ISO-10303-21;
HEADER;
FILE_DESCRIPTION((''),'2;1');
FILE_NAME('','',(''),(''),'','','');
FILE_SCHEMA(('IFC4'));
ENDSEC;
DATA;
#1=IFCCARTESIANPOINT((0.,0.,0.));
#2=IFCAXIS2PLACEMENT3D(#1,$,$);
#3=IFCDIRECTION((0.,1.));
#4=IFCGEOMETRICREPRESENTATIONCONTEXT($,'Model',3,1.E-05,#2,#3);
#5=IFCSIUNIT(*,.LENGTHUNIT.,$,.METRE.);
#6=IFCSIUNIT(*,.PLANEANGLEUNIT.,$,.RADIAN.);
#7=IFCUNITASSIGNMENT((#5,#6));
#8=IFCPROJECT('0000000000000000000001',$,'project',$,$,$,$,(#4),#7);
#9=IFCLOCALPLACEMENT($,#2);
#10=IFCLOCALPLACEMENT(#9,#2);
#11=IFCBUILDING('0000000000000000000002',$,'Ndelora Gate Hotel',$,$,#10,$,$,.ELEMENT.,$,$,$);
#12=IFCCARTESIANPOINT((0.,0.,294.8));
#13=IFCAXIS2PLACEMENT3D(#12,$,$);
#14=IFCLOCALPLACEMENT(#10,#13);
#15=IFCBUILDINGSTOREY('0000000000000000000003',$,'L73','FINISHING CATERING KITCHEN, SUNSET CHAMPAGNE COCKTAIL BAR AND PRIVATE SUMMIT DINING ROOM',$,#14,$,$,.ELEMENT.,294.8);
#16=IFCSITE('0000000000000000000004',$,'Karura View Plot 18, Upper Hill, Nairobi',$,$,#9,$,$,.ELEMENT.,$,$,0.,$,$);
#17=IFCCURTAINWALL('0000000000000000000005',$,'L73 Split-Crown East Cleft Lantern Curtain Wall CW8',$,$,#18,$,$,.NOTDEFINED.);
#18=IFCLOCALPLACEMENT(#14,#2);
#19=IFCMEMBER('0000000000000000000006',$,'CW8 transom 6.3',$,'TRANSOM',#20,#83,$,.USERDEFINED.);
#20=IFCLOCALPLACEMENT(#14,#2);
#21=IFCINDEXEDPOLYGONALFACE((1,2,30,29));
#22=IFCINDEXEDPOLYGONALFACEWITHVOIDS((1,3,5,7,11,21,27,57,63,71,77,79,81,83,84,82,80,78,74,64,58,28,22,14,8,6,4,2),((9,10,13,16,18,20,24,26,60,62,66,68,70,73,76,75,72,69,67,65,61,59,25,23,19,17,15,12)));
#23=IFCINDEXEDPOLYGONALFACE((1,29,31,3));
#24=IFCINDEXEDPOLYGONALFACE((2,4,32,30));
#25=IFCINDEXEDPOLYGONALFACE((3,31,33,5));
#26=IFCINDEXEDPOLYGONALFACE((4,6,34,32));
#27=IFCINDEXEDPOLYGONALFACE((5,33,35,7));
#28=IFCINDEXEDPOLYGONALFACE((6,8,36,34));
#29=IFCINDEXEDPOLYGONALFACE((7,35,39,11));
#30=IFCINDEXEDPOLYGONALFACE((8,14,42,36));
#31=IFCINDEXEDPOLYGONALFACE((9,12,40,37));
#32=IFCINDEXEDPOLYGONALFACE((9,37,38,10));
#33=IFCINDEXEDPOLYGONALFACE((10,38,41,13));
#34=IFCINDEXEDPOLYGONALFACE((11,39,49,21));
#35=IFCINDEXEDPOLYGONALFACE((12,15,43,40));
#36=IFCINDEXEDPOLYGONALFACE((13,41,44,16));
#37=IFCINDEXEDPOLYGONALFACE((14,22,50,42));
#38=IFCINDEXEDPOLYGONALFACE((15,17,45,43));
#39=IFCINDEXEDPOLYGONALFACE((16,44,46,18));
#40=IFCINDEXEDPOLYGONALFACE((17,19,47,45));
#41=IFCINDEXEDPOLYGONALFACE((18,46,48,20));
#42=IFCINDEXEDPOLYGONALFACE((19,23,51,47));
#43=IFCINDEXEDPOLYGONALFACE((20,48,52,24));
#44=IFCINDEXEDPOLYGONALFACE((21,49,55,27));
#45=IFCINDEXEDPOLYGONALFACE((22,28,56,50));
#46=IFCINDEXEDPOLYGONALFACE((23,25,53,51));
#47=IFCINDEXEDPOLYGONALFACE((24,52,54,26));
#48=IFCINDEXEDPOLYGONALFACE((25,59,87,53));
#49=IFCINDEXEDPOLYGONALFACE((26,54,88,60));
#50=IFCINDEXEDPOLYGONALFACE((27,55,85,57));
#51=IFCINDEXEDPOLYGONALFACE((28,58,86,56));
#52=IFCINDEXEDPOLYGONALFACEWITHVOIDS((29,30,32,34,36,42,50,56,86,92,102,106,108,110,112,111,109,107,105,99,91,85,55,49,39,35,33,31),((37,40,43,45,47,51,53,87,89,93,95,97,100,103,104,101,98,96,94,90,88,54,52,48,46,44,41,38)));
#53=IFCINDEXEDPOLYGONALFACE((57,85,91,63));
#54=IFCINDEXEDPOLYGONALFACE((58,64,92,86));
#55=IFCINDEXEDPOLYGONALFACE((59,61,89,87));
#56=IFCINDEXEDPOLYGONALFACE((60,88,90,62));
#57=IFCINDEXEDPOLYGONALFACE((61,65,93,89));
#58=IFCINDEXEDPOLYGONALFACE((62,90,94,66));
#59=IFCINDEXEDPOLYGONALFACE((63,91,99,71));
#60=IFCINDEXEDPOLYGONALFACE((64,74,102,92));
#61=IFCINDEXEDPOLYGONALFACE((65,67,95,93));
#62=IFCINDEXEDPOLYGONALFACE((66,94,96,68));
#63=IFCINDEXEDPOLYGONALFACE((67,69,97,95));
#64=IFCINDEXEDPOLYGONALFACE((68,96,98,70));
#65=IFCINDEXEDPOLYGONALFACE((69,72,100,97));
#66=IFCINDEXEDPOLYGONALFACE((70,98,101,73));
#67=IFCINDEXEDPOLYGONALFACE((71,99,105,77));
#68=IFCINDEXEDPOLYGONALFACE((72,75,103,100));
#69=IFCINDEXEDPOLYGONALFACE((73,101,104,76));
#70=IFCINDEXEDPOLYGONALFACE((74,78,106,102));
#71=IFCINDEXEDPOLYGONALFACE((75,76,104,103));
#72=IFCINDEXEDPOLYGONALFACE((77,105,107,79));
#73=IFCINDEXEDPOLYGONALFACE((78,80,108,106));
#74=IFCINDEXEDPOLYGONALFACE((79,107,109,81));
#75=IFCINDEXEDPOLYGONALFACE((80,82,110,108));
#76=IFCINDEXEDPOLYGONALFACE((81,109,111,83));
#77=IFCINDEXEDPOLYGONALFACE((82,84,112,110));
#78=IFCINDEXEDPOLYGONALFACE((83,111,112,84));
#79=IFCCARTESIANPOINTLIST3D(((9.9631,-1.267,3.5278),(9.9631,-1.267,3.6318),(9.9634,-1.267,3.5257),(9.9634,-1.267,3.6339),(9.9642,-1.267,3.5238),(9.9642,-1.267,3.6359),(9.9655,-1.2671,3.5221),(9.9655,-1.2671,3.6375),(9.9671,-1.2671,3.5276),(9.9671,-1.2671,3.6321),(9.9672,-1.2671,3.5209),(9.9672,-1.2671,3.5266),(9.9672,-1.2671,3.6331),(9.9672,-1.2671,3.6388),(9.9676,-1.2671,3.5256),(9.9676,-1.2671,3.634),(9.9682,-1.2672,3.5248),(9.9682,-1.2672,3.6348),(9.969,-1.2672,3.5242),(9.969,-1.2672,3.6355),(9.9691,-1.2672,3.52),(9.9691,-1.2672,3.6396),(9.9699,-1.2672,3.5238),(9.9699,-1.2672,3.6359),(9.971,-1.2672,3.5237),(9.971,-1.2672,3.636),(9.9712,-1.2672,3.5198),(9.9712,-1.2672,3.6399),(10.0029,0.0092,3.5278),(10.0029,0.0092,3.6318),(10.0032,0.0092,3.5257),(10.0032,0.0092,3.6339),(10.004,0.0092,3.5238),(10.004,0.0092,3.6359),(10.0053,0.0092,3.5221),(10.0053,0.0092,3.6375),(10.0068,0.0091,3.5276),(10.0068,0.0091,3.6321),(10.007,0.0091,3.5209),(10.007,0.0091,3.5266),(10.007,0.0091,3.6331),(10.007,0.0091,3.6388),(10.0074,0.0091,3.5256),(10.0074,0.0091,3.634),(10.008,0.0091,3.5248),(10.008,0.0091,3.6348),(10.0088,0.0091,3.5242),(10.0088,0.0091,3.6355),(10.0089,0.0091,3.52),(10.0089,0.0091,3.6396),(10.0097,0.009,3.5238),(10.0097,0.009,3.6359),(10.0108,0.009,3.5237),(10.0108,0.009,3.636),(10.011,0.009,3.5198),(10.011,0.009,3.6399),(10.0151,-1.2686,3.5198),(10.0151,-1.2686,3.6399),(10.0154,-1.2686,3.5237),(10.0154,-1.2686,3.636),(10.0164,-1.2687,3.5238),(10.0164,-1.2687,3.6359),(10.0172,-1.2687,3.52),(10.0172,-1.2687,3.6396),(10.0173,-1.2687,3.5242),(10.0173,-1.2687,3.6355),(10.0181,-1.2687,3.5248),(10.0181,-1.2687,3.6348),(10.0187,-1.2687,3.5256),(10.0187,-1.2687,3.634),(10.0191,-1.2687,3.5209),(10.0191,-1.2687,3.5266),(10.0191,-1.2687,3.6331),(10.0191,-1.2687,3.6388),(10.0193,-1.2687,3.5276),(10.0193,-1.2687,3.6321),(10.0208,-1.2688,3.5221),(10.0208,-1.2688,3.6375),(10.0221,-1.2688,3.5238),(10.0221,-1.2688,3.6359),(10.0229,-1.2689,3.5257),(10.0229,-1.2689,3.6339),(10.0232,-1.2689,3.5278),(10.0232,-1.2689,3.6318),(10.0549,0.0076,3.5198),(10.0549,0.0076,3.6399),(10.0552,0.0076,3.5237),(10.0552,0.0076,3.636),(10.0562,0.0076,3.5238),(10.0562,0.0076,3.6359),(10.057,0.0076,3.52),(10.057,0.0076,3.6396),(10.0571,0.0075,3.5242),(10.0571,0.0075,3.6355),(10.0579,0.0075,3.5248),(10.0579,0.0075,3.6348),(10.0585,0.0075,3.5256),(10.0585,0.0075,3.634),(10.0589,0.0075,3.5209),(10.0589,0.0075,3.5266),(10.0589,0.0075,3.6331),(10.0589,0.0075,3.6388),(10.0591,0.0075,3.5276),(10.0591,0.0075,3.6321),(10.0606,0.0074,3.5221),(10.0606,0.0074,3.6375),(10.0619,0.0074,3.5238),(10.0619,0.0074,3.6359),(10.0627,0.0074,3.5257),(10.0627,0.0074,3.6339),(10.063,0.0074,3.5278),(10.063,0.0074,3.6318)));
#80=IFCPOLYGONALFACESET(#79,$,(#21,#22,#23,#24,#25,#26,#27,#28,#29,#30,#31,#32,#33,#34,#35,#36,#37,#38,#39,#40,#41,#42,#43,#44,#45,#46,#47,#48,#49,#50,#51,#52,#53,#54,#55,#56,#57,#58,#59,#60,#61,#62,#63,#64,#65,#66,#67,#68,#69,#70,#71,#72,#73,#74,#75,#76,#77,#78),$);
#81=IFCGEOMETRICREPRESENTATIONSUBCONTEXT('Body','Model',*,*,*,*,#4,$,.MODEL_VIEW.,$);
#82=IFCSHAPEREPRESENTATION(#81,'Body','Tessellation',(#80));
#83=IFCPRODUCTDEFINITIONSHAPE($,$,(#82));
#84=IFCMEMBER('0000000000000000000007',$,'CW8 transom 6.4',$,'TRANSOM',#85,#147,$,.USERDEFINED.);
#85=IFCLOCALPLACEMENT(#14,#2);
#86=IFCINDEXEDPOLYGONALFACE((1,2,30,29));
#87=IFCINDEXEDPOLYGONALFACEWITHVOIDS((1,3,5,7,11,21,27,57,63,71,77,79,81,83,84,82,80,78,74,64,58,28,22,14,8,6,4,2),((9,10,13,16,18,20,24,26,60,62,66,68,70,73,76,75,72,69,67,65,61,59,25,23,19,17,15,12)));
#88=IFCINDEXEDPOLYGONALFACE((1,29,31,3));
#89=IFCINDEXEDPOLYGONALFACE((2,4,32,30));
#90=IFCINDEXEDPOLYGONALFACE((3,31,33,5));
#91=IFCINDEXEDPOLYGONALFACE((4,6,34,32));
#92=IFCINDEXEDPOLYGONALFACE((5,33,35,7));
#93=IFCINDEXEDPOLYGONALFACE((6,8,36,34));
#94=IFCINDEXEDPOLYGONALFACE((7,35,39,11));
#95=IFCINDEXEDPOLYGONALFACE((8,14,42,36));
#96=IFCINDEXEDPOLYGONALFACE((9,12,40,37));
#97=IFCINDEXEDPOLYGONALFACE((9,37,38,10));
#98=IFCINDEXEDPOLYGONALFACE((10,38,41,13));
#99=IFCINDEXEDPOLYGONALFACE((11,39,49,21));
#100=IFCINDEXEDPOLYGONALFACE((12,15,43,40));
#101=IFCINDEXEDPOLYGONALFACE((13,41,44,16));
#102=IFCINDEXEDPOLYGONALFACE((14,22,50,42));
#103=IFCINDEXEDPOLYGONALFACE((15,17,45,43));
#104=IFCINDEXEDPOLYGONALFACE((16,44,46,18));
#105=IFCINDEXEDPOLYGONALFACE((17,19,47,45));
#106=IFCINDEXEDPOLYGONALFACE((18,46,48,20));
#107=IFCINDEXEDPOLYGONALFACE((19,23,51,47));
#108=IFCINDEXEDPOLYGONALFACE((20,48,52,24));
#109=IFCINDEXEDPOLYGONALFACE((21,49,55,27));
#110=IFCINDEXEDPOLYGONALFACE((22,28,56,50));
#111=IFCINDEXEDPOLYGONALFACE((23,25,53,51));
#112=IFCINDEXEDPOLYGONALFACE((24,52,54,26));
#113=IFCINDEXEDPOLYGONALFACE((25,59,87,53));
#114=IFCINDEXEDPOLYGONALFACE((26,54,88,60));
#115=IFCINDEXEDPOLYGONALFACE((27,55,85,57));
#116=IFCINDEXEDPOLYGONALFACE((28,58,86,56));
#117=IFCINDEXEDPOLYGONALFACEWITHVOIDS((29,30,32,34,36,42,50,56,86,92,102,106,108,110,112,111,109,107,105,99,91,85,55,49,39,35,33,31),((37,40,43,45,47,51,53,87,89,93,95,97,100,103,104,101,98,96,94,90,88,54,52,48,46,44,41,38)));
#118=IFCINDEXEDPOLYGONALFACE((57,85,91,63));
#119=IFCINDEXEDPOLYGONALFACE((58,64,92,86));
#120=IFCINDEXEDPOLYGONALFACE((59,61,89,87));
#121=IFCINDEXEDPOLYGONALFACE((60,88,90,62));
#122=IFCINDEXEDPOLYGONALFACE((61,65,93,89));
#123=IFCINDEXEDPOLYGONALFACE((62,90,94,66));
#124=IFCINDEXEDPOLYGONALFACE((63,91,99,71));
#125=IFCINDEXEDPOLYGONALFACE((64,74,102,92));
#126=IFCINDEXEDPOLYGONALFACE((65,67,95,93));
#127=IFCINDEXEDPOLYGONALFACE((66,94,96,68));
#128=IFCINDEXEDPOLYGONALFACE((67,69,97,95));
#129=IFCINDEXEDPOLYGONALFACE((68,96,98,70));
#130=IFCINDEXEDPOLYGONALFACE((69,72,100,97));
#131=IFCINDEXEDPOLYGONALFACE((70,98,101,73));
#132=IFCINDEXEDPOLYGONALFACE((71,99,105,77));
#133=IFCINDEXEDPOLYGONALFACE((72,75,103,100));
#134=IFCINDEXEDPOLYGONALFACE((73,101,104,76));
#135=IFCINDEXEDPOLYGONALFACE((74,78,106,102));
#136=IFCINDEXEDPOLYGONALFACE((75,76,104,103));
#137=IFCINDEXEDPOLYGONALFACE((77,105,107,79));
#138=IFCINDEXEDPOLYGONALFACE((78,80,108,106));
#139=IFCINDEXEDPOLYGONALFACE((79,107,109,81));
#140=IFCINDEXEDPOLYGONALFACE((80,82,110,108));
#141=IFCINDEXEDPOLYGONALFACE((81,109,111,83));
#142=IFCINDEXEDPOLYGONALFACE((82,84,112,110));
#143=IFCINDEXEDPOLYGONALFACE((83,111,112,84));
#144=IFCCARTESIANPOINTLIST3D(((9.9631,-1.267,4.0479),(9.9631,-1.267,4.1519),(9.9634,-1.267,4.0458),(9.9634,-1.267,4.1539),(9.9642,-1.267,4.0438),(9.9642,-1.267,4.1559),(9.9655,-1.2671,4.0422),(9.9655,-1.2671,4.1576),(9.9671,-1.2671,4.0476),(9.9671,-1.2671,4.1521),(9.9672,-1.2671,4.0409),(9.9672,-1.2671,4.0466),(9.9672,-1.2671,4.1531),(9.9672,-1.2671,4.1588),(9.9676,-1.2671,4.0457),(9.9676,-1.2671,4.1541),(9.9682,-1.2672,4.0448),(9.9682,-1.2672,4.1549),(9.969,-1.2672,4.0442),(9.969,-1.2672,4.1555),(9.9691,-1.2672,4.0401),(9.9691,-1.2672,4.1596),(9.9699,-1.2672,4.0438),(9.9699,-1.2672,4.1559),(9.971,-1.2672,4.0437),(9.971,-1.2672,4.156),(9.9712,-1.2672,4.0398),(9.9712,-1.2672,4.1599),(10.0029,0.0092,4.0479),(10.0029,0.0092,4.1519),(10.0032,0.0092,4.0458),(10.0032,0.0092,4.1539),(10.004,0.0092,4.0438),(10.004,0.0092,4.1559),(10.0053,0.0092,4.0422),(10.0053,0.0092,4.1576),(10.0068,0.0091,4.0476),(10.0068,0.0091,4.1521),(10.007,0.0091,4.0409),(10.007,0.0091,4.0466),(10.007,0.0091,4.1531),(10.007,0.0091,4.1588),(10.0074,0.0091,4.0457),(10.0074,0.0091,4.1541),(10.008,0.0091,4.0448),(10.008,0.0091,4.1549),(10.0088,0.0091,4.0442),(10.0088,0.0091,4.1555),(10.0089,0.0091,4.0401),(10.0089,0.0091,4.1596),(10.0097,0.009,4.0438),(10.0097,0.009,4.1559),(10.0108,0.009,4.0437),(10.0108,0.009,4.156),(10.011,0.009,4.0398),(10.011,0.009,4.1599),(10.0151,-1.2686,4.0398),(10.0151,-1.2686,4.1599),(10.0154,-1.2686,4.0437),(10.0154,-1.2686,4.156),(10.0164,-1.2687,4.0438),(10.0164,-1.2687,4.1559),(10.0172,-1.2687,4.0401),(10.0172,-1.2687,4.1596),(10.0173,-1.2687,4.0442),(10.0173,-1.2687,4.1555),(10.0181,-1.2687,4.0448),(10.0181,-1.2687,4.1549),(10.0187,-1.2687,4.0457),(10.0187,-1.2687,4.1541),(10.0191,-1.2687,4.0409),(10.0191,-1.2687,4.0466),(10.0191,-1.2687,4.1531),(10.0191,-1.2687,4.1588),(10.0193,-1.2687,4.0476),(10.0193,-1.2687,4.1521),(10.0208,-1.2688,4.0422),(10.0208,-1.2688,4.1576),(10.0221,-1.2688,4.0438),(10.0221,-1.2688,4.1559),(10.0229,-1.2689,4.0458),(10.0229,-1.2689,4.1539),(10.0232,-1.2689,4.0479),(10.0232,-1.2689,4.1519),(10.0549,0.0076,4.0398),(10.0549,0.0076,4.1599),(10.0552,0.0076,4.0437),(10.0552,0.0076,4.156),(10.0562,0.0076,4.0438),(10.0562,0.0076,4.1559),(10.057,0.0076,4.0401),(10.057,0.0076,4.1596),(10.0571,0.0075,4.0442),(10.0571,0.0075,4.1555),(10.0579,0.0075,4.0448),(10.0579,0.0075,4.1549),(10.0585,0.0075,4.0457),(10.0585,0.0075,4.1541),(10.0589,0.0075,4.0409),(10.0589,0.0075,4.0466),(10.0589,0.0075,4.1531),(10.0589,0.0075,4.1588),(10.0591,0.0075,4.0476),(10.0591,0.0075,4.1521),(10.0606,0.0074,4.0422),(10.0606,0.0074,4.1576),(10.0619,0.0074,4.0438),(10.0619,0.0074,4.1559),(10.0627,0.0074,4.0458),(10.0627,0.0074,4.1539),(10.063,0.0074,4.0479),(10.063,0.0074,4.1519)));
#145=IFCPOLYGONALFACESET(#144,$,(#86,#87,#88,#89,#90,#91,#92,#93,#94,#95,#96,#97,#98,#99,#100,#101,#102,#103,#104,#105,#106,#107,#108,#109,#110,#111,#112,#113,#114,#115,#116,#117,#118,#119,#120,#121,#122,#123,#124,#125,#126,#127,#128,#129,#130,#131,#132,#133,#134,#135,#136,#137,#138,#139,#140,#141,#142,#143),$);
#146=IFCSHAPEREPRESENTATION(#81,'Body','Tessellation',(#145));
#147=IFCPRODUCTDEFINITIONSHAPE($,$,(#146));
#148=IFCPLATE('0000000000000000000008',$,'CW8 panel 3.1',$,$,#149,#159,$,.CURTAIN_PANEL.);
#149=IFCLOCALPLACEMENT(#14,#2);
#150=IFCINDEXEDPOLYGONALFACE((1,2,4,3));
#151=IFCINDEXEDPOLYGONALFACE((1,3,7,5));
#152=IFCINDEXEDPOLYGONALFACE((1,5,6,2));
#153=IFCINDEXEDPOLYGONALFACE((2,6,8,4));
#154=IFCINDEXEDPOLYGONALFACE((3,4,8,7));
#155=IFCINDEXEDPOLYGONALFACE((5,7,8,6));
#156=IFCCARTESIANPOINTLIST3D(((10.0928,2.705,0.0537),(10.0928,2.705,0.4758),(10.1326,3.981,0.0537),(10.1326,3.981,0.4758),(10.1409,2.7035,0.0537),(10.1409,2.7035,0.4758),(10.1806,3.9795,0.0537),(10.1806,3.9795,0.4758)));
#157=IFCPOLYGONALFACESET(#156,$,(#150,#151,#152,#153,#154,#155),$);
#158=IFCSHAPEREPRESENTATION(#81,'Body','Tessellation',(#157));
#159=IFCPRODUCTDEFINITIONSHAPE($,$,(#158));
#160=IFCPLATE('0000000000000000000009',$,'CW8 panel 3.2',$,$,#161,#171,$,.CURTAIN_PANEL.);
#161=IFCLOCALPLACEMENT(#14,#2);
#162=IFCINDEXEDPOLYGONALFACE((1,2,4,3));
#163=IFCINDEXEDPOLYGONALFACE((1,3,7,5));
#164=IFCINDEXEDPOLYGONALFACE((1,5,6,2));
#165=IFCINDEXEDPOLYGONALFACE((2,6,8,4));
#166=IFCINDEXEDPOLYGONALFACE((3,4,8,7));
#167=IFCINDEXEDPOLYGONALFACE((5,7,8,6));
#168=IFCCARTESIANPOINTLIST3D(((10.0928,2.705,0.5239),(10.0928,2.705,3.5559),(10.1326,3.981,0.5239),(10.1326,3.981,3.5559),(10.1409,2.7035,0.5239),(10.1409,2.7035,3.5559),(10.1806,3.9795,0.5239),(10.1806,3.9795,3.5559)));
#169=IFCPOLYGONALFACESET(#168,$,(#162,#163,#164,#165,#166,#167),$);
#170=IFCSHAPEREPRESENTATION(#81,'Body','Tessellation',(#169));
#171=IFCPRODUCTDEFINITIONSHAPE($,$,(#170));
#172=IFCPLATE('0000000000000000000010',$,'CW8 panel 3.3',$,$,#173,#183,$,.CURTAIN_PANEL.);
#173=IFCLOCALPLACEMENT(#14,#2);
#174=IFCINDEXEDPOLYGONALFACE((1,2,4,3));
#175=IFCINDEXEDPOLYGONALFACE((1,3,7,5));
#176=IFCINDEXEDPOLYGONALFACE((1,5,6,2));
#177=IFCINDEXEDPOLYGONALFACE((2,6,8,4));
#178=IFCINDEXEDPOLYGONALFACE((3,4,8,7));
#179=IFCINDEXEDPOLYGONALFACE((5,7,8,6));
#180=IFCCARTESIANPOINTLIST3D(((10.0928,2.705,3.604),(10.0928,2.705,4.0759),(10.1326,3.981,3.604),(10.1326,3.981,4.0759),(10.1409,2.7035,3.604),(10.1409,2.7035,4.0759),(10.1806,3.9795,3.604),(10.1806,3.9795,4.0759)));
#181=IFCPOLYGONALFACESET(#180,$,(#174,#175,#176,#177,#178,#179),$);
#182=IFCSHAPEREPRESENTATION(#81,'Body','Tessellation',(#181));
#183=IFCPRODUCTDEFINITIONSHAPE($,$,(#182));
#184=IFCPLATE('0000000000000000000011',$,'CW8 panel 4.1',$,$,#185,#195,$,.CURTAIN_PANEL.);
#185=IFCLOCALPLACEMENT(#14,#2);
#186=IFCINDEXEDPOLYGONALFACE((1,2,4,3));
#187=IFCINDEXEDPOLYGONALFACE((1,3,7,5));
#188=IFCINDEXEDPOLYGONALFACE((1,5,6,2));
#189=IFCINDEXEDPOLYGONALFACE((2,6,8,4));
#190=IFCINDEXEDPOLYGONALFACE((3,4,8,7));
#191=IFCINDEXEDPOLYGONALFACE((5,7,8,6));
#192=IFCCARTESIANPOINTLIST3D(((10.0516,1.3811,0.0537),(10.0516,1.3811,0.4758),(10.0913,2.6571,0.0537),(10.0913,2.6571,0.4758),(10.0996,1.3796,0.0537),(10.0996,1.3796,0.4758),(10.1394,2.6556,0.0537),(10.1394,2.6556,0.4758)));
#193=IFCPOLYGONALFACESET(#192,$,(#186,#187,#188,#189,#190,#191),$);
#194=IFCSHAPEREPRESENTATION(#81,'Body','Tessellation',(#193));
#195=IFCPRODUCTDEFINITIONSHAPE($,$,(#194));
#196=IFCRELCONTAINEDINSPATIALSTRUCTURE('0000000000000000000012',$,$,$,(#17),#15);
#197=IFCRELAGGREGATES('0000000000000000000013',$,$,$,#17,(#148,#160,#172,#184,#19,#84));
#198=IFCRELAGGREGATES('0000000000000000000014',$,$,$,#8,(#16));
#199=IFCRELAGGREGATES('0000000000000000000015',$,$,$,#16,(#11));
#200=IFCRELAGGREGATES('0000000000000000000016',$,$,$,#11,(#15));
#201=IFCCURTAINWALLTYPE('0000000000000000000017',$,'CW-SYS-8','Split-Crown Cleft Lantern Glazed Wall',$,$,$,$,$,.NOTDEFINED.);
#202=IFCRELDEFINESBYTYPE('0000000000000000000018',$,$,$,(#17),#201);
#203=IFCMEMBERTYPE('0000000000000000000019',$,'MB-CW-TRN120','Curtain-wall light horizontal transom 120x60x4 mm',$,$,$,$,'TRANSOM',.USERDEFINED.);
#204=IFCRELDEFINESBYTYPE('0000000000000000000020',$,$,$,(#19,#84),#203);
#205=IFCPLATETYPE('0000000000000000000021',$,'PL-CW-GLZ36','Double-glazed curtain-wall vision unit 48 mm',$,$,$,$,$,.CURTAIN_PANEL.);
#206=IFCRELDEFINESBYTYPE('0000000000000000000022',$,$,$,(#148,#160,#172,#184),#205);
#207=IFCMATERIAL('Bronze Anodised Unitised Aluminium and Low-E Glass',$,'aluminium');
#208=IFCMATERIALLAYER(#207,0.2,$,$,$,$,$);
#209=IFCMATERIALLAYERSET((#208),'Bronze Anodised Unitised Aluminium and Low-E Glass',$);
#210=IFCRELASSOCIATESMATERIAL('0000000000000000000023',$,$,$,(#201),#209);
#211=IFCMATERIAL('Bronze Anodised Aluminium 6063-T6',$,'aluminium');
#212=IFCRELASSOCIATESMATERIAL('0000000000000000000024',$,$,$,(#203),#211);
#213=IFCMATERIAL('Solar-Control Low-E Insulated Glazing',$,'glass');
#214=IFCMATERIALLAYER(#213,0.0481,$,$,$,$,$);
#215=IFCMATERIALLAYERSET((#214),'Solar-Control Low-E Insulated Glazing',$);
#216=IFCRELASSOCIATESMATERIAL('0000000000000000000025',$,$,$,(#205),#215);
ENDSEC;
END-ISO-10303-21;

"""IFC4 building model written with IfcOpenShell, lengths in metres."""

from ifc_helpers import new_model, si_unit, direction, frame, origin, origin_2d, place, context, subcontext, project, spatial, rectangle, hollow_rectangle, extrude, material, layer, layer_set, material_profile, profile_set, type_object, element, aggregate, save


model = new_model("IFC4")

# Units and contexts
model_context = context("Model", 3, precision=1e-05, world=origin(), true_north=direction((0.0, 1.0)))
body_context = subcontext(model_context, "Body", "Model", "MODEL_VIEW")
ifc_project = project(units=[si_unit("LENGTHUNIT", "METRE"), si_unit("PLANEANGLEUNIT", "RADIAN")], contexts=[model_context])

# Site, building, storey
site_placement = place(None, origin())
site = spatial("IfcSite", under=ifc_project, at=site_placement, Name="Karura View Plot 18, Upper Hill, Nairobi", CompositionType="ELEMENT", RefElevation=0.0)
building_placement = place(site_placement, origin())
building = spatial("IfcBuilding", under=site, at=building_placement, Name="Ndelora Gate Hotel", CompositionType="ELEMENT")
storey_placement = place(building_placement, frame((0.0, 0.0, 294.8)))
storey = spatial("IfcBuildingStorey", under=building, at=storey_placement, Name="L73", Description="FINISHING CATERING KITCHEN, SUNSET CHAMPAGNE COCKTAIL BAR AND PRIVATE SUMMIT DINING ROOM", CompositionType="ELEMENT", Elevation=294.8)

# Curtain wall, members, plates
ifc_material_1 = material(Name="Bronze Anodised Unitised Aluminium and Low-E Glass", Category="aluminium")
ifc_layer_1 = layer(ifc_material_1, 0.2)
ifc_layer_set_1 = layer_set([ifc_layer_1], Name="Bronze Anodised Unitised Aluminium and Low-E Glass")
curtain_wall_type = type_object("IfcCurtainWallType", Name="CW-SYS-8", Description="Split-Crown Cleft Lantern Glazed Wall", PredefinedType="NOTDEFINED", material=ifc_layer_set_1)
curtain_wall_placement = place(storey_placement, origin())
curtain_wall = element("IfcCurtainWall", 1, at=curtain_wall_placement, inside=storey, type_object=curtain_wall_type, Name="L73 Split-Crown East Cleft Lantern Curtain Wall CW8", PredefinedType="NOTDEFINED")
ifc_material_2 = material(Name="Bronze Anodised Aluminium 6063-T6", Category="aluminium")
ifc_material_profile_1 = material_profile(ifc_material_2, hollow_rectangle(XDim=0.0601, YDim=0.1201, WallThickness=0.0039, InnerFilletRadius=0.0039, OuterFilletRadius=0.0081, at=origin_2d()), Name="ALU 120x60x4")
ifc_profile_set_1 = profile_set([ifc_material_profile_1], Name="Bronze Anodised Aluminium 6063-T6")
member_type_1 = type_object("IfcMemberType", Name="MB-CW-TRN120", Description="Curtain-wall light horizontal transom 120x60x4 mm", ElementType="TRANSOM", PredefinedType="USERDEFINED", material=ifc_profile_set_1)
member_1_placement = place(storey_placement, frame((10.033, 0.0083, 3.5798), z_axis=(-0.031169, -0.999514, 0.0), x_axis=(0.999514, -0.031169, 0.0)))
member_1 = element("IfcMember", 2, at=member_1_placement, type_object=member_type_1, Name="CW8 transom 6.3", ObjectType="TRANSOM", PredefinedType="USERDEFINED", context=body_context, shape_type="SweptSolid", body=[
    extrude(hollow_rectangle(XDim=0.0601, YDim=0.1201, WallThickness=0.0039, InnerFilletRadius=0.0039, OuterFilletRadius=0.0081, at=origin_2d()), origin(), (0.0, 0.0, 1.0), 1.2769),
])
member_2_placement = place(storey_placement, frame((10.033, 0.0083, 4.0999), z_axis=(-0.031169, -0.999514, 0.0), x_axis=(0.999514, -0.031169, 0.0)))
member_2 = element("IfcMember", 3, at=member_2_placement, type_object=member_type_1, Name="CW8 transom 6.4", ObjectType="TRANSOM", PredefinedType="USERDEFINED", context=body_context, shape_type="SweptSolid", body=[
    extrude(hollow_rectangle(XDim=0.0601, YDim=0.1201, WallThickness=0.0039, InnerFilletRadius=0.0039, OuterFilletRadius=0.0081, at=origin_2d()), origin(), (0.0, 0.0, 1.0), 1.2769),
])
ifc_material_3 = material(Name="Solar-Control Low-E Insulated Glazing", Category="glass")
ifc_layer_2 = layer(ifc_material_3, 0.0481)
ifc_layer_set_2 = layer_set([ifc_layer_2], Name="Solar-Control Low-E Insulated Glazing")
plate_type = type_object("IfcPlateType", Name="PL-CW-GLZ36", Description="Double-glazed curtain-wall vision unit 48 mm", PredefinedType="CURTAIN_PANEL", material=ifc_layer_set_2)
plate_1_placement = place(storey_placement, frame((10.1367, 3.3423, 0.0537), z_axis=(0.0, 0.0, 1.0), x_axis=(-0.031131, -0.999515, 0.0)))
plate_1 = element("IfcPlate", 4, at=plate_1_placement, type_object=plate_type, Name="CW8 panel 3.1", PredefinedType="CURTAIN_PANEL", context=body_context, shape_type="SweptSolid", body=[
    extrude(rectangle(XDim=1.2766, YDim=0.0481, at=origin_2d()), origin(), (0.0, 0.0, 1.0), 0.4221),
])
plate_2_placement = place(storey_placement, frame((10.1367, 3.3423, 0.5239), z_axis=(0.0, 0.0, 1.0), x_axis=(-0.031131, -0.999515, 0.0)))
plate_2 = element("IfcPlate", 5, at=plate_2_placement, type_object=plate_type, Name="CW8 panel 3.2", PredefinedType="CURTAIN_PANEL", context=body_context, shape_type="SweptSolid", body=[
    extrude(rectangle(XDim=1.2766, YDim=0.0481, at=origin_2d()), origin(), (0.0, 0.0, 1.0), 3.032),
])
plate_3_placement = place(storey_placement, frame((10.1367, 3.3423, 3.604), z_axis=(0.0, 0.0, 1.0), x_axis=(-0.031131, -0.999515, 0.0)))
plate_3 = element("IfcPlate", 6, at=plate_3_placement, type_object=plate_type, Name="CW8 panel 3.3", PredefinedType="CURTAIN_PANEL", context=body_context, shape_type="SweptSolid", body=[
    extrude(rectangle(XDim=1.2766, YDim=0.0481, at=origin_2d()), origin(), (0.0, 0.0, 1.0), 0.4719),
])
plate_4_placement = place(storey_placement, frame((10.0955, 2.0183, 0.0537), z_axis=(0.0, 0.0, 1.0), x_axis=(-0.031131, -0.999515, 0.0)))
plate_4 = element("IfcPlate", 7, at=plate_4_placement, type_object=plate_type, Name="CW8 panel 4.1", PredefinedType="CURTAIN_PANEL", context=body_context, shape_type="SweptSolid", body=[
    extrude(rectangle(XDim=1.2766, YDim=0.0481, at=origin_2d()), origin(), (0.0, 0.0, 1.0), 0.4221),
])
aggregate(curtain_wall, [plate_1, plate_2, plate_3, plate_4, member_1, member_2])

save(model, "model.ifc")
